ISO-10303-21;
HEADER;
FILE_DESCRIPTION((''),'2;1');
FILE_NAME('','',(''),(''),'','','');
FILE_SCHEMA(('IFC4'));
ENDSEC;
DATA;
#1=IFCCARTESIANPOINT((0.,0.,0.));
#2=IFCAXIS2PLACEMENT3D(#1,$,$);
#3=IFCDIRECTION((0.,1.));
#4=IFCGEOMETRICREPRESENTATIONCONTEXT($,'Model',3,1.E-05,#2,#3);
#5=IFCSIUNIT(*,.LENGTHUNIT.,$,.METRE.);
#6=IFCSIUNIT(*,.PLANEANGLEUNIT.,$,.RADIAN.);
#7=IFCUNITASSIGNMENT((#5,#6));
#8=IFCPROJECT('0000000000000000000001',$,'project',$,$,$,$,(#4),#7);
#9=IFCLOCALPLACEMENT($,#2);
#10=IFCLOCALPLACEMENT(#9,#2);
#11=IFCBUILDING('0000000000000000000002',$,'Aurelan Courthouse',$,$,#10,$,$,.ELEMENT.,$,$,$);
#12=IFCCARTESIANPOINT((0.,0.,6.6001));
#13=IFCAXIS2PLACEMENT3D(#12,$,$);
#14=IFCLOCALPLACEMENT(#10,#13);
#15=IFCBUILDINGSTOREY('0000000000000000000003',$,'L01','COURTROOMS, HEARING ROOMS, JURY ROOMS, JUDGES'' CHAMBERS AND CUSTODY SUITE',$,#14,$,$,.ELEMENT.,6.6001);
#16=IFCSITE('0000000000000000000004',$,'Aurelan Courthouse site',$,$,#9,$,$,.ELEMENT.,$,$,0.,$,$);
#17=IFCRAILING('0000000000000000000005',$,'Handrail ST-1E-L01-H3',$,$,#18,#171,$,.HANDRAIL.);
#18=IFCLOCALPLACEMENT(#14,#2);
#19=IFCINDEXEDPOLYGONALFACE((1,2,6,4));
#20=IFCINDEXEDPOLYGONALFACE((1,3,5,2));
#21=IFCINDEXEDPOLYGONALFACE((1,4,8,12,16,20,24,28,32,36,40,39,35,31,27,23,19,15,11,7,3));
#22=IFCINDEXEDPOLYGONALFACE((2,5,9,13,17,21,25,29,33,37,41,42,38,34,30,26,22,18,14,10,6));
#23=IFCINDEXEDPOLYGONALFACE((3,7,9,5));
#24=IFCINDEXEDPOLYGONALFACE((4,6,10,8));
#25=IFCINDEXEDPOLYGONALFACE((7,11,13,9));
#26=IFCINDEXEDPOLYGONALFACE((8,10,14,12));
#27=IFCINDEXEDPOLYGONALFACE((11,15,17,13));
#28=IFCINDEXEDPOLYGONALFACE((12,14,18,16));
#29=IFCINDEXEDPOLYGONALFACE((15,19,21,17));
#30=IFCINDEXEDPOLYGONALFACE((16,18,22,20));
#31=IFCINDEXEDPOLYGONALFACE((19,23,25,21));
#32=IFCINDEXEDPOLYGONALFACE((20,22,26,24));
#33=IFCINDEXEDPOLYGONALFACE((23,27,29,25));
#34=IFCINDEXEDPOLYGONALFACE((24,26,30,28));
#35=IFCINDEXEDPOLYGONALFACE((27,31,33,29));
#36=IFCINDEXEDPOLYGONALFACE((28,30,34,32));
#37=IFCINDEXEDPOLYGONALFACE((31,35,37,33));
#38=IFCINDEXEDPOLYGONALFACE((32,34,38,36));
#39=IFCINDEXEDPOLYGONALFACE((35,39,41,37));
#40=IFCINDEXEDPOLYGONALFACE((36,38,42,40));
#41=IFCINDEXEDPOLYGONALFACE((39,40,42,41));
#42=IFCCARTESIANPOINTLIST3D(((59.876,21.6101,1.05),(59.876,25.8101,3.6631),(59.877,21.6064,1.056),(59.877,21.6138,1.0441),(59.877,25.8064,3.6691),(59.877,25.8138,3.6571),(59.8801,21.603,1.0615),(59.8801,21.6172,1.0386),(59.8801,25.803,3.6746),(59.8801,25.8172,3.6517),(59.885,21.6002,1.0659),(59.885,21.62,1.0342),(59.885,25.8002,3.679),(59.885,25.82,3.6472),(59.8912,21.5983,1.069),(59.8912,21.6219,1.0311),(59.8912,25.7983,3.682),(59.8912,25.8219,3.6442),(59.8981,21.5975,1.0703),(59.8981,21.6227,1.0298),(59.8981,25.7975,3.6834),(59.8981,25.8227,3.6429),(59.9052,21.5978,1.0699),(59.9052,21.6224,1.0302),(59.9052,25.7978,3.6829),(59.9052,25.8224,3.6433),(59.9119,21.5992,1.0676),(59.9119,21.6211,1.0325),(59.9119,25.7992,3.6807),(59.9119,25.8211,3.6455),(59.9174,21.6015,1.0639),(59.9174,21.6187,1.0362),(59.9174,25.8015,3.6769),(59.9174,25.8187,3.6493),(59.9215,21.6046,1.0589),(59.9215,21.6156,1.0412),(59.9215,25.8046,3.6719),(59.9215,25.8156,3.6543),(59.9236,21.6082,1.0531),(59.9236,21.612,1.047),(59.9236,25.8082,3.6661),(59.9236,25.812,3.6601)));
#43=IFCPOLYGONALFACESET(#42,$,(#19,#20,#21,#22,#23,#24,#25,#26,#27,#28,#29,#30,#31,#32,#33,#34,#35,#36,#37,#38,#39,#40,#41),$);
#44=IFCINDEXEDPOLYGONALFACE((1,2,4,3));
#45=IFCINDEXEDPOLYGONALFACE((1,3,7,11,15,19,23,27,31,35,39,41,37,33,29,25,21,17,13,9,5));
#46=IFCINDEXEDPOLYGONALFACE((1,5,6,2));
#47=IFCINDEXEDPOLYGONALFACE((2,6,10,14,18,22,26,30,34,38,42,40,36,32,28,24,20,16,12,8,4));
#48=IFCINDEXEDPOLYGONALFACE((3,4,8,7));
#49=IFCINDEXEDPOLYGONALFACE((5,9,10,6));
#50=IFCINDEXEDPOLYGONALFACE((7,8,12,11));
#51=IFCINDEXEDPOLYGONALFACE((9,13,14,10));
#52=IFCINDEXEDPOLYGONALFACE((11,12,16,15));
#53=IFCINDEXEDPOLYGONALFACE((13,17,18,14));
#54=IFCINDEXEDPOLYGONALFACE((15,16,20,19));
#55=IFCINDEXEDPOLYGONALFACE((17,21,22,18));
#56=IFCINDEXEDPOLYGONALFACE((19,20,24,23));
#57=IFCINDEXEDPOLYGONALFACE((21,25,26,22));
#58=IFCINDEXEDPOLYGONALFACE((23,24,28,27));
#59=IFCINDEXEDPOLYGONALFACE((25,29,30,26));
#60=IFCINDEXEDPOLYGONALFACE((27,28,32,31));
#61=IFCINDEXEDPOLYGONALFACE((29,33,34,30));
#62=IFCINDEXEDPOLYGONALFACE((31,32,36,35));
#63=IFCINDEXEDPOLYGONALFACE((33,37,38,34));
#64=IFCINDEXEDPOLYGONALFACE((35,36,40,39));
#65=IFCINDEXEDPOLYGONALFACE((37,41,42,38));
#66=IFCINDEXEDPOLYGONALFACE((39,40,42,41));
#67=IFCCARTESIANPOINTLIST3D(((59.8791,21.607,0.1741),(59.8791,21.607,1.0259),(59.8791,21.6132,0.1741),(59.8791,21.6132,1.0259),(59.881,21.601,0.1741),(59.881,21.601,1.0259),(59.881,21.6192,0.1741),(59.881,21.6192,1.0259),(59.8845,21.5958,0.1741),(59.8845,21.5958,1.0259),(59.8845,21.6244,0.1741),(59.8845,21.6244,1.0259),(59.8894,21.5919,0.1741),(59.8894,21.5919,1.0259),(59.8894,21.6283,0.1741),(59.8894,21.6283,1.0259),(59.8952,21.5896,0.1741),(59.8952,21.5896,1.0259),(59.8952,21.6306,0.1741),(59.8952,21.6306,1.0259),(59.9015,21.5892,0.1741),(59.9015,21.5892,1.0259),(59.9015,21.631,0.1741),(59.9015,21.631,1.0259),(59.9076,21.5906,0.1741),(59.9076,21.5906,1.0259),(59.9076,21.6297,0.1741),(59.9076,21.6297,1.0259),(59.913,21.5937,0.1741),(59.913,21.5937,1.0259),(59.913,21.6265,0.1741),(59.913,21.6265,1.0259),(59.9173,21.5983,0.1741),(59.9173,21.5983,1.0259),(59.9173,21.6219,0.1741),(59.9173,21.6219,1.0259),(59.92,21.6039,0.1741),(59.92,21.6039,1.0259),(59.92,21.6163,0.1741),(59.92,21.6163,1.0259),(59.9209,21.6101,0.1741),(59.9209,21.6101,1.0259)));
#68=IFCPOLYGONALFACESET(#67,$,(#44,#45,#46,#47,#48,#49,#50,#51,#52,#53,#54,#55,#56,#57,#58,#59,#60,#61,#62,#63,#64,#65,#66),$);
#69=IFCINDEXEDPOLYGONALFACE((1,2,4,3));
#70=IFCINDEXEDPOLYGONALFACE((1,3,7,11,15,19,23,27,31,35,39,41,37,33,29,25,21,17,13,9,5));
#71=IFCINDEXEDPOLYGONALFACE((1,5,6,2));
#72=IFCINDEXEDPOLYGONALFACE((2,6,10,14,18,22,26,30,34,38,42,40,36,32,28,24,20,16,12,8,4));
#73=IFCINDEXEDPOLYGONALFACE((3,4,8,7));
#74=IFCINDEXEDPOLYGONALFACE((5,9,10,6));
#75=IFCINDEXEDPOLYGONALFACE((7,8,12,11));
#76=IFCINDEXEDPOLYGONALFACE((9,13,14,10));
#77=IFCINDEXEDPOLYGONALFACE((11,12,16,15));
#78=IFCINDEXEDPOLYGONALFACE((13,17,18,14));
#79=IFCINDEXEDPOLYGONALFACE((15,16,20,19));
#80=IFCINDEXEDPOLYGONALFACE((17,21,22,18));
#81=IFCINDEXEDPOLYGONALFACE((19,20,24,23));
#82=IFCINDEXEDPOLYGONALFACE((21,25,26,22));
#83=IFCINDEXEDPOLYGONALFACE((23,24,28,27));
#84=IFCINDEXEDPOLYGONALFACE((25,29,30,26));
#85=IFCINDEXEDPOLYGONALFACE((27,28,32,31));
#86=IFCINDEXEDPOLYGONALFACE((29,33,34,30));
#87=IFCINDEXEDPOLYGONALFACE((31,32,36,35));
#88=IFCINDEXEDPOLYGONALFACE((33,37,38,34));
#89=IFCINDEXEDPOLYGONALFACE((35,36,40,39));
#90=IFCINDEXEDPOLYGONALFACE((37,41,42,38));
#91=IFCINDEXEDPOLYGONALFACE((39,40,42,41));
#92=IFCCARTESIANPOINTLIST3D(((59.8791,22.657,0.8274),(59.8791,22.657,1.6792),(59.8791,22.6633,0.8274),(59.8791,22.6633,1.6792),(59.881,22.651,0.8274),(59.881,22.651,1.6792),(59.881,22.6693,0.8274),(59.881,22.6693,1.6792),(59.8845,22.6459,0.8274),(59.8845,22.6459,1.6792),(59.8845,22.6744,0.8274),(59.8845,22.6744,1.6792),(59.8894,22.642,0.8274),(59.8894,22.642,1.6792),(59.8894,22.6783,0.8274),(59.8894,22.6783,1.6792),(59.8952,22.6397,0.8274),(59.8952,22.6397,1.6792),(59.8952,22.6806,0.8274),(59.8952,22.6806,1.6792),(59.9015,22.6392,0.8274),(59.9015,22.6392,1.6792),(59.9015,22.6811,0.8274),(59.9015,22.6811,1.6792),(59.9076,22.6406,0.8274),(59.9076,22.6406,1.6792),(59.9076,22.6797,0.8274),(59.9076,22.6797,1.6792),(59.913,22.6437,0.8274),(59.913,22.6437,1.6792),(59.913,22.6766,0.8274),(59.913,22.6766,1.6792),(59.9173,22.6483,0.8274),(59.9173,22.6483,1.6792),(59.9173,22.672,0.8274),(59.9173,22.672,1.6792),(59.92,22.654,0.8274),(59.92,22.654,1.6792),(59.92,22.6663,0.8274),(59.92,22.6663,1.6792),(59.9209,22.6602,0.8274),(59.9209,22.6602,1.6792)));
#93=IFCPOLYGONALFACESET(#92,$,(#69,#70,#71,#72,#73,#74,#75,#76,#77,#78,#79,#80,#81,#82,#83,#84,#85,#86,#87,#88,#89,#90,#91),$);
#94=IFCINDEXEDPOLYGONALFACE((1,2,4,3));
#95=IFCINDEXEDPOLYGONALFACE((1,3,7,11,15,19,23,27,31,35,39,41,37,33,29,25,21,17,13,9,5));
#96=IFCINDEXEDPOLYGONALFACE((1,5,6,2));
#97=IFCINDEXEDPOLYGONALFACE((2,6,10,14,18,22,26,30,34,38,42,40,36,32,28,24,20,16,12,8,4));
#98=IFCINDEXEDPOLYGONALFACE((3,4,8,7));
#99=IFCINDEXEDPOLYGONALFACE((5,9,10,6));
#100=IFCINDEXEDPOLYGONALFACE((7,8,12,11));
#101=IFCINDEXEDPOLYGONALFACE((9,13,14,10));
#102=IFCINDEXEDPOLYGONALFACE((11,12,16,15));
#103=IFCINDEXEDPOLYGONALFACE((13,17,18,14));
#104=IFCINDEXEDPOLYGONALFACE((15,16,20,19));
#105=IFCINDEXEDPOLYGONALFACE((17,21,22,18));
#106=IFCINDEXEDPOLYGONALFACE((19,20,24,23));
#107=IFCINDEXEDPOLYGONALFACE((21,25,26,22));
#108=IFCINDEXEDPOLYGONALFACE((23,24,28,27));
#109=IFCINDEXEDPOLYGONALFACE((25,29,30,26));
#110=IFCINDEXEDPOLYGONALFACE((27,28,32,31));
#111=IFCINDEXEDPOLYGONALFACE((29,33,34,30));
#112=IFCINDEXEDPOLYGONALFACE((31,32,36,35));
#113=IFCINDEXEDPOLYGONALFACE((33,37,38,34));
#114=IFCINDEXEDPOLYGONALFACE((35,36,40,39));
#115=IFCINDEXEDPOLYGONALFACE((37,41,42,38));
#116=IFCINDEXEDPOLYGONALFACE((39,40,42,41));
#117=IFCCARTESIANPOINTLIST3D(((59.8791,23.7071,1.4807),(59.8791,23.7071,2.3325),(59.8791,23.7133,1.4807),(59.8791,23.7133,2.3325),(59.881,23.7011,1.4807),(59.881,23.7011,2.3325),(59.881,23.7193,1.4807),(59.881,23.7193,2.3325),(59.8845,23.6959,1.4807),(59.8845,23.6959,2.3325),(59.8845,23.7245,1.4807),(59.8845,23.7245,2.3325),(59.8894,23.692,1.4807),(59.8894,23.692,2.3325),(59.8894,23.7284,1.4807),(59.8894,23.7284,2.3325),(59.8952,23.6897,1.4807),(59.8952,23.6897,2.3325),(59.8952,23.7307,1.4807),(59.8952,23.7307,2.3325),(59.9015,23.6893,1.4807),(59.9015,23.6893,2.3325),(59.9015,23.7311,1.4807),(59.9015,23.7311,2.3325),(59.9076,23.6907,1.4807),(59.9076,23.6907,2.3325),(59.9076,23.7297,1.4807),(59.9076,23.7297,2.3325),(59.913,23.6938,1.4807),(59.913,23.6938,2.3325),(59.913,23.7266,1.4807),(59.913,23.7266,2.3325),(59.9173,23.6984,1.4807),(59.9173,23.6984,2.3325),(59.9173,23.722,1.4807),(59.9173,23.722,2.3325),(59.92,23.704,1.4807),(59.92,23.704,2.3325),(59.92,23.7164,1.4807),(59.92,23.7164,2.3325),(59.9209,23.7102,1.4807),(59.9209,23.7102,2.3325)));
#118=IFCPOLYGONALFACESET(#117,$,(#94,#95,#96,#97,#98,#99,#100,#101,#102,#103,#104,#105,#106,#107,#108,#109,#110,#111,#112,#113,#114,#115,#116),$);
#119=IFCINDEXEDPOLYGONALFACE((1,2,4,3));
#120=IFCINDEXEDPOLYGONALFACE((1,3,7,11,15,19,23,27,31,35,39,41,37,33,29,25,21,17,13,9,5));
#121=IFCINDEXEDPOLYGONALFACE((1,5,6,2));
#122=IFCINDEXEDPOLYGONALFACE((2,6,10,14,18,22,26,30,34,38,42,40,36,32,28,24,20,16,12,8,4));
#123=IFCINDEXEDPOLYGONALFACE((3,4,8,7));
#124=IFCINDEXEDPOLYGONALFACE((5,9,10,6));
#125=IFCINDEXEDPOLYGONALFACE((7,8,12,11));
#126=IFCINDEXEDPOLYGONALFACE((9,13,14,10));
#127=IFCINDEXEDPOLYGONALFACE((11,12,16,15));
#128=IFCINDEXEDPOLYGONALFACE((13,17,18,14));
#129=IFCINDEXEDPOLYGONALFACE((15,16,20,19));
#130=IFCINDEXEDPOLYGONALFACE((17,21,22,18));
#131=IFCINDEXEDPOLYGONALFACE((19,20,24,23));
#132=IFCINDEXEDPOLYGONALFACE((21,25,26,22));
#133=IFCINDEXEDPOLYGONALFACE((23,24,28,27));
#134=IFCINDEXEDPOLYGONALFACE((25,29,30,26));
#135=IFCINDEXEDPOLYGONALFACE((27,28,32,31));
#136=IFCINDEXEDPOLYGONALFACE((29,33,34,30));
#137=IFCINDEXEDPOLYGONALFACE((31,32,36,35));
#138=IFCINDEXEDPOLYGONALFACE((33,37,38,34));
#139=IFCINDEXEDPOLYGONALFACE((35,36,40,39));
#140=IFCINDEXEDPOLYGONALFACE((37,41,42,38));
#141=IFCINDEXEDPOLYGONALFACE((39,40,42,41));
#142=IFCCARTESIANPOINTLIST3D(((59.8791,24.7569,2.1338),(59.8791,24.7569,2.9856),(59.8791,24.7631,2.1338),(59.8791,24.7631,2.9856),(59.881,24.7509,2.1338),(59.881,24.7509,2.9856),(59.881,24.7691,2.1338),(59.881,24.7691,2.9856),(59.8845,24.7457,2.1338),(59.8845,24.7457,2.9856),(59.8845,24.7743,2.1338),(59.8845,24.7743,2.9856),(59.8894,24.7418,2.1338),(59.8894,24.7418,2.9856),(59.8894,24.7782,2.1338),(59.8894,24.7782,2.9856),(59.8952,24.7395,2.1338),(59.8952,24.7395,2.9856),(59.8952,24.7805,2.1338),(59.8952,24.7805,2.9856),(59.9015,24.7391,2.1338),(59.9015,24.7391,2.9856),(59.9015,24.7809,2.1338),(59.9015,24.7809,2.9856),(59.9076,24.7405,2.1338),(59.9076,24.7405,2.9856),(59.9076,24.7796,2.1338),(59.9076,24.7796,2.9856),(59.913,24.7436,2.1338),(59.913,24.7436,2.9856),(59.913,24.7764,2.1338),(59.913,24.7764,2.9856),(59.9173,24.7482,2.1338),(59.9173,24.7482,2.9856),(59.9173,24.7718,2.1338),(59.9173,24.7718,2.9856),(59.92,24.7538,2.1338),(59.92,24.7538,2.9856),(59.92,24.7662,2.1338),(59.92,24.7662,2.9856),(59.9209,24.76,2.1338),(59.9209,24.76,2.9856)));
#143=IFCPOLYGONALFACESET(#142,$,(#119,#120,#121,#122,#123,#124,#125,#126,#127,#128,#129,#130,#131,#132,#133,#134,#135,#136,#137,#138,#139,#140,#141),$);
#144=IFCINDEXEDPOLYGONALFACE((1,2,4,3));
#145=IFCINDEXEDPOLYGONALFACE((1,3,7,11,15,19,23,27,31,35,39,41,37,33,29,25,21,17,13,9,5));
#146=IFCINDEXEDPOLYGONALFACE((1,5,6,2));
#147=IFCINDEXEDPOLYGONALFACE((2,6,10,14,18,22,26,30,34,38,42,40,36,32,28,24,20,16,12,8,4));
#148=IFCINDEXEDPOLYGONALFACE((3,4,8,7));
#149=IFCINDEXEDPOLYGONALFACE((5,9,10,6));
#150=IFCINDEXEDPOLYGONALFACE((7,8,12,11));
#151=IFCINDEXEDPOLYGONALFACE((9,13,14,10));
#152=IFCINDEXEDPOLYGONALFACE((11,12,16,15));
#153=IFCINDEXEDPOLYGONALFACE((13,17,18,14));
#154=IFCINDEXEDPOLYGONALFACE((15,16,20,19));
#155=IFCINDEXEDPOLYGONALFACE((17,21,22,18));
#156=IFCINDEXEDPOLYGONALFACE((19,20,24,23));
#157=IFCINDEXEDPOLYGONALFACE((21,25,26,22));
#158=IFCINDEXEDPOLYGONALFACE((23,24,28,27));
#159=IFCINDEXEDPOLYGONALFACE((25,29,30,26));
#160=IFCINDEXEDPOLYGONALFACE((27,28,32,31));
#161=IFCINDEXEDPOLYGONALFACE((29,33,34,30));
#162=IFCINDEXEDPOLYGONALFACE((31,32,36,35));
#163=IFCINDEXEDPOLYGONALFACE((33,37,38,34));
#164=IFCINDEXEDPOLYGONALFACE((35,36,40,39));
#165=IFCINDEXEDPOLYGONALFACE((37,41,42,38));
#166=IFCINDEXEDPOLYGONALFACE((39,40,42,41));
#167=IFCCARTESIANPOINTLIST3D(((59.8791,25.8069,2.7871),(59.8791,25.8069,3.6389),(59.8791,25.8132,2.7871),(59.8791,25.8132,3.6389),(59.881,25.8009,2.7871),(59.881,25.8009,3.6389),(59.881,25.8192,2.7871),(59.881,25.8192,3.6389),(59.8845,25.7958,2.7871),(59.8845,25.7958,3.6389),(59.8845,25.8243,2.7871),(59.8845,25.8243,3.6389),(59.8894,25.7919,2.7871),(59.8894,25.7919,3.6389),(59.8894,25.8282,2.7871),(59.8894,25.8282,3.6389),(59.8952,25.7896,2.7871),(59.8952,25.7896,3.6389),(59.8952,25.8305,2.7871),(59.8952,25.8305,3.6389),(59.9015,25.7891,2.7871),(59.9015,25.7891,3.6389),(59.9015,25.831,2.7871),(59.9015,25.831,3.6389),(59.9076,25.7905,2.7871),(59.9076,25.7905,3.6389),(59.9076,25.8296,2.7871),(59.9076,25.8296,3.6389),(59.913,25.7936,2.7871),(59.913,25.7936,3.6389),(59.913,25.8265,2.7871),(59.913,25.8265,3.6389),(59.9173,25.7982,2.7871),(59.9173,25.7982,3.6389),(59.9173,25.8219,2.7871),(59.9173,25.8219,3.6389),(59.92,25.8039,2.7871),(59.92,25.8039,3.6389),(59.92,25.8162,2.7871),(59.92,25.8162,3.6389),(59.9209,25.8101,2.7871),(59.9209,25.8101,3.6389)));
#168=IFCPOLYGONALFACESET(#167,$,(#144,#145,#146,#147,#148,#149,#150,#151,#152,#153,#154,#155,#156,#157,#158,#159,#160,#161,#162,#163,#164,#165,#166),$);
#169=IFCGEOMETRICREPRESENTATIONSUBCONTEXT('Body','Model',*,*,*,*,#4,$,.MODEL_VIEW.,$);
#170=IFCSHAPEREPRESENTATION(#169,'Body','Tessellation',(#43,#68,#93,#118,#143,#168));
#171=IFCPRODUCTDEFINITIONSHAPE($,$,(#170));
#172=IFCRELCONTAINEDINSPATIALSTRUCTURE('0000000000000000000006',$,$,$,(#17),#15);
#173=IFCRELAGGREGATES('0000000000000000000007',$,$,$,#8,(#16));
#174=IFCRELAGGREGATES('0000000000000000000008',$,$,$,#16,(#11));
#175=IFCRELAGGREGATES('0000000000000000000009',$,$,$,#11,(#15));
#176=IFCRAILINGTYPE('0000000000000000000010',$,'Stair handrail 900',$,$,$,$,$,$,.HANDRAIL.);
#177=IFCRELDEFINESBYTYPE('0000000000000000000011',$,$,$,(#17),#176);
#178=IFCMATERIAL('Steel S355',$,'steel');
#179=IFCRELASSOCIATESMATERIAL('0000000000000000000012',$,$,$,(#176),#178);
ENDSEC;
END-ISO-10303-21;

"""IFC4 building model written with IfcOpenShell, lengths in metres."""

from ifc_helpers import new_model, si_unit, direction, frame, origin, origin_2d, place, context, subcontext, project, spatial, circle, extrude, material, type_object, element, save


model = new_model("IFC4")

# Units and contexts
model_context = context("Model", 3, precision=1e-05, world=origin(), true_north=direction((0.0, 1.0)))
body_context = subcontext(model_context, "Body", "Model", "MODEL_VIEW")
ifc_project = project(units=[si_unit("LENGTHUNIT", "METRE"), si_unit("PLANEANGLEUNIT", "RADIAN")], contexts=[model_context])

# Site, building, storey
site_placement = place(None, origin())
site = spatial("IfcSite", under=ifc_project, at=site_placement, Name="Aurelan Courthouse site", CompositionType="ELEMENT", RefElevation=0.0)
building_placement = place(site_placement, origin())
building = spatial("IfcBuilding", under=site, at=building_placement, Name="Aurelan Courthouse", CompositionType="ELEMENT")
storey_placement = place(building_placement, frame((0.0, 0.0, 6.6001)))
storey = spatial("IfcBuildingStorey", under=building, at=storey_placement, Name="L01", Description="COURTROOMS, HEARING ROOMS, JURY ROOMS, JUDGES' CHAMBERS AND CUSTODY SUITE", CompositionType="ELEMENT", Elevation=6.6001)

# Railing
ifc_material_1 = material(Name="Steel S355", Category="steel")
railing_type = type_object("IfcRailingType", Name="Stair handrail 900", PredefinedType="HANDRAIL", material=ifc_material_1)
for number, where, name in (
    (1, (59.8999, 21.6101, 0.1741), "Handrail ST-1E-L01-H3"),
):
    element("IfcRailing", number, at=place(storey_placement, frame(where)), inside=storey, type_object=railing_type, Name=name, PredefinedType="HANDRAIL", context=body_context, shape_type="SweptSolid", body=[
        extrude(circle(Radius=0.0239, at=origin_2d()), frame((0.0, 0.0, 0.876), z_axis=(0.0, 0.849081, 0.528263), x_axis=(-1.0, 0.0, 0.0)), (0.0, 0.0, 1.0), 4.9465),
        extrude(circle(Radius=0.021, at=origin_2d()), origin(), (0.0, 0.0, 1.0), 0.8518),
        extrude(circle(Radius=0.021, at=origin_2d()), frame((0.0, 1.05, 0.6533)), (0.0, 0.0, 1.0), 0.8518),
        extrude(circle(Radius=0.021, at=origin_2d()), frame((0.0, 2.1001, 1.3066)), (0.0, 0.0, 1.0), 0.8518),
        extrude(circle(Radius=0.021, at=origin_2d()), frame((0.0, 3.1499, 1.9597)), (0.0, 0.0, 1.0), 0.8518),
        extrude(circle(Radius=0.021, at=origin_2d()), frame((0.0, 4.2, 2.613)), (0.0, 0.0, 1.0), 0.8518),
    ])

save(model, "model.ifc")
